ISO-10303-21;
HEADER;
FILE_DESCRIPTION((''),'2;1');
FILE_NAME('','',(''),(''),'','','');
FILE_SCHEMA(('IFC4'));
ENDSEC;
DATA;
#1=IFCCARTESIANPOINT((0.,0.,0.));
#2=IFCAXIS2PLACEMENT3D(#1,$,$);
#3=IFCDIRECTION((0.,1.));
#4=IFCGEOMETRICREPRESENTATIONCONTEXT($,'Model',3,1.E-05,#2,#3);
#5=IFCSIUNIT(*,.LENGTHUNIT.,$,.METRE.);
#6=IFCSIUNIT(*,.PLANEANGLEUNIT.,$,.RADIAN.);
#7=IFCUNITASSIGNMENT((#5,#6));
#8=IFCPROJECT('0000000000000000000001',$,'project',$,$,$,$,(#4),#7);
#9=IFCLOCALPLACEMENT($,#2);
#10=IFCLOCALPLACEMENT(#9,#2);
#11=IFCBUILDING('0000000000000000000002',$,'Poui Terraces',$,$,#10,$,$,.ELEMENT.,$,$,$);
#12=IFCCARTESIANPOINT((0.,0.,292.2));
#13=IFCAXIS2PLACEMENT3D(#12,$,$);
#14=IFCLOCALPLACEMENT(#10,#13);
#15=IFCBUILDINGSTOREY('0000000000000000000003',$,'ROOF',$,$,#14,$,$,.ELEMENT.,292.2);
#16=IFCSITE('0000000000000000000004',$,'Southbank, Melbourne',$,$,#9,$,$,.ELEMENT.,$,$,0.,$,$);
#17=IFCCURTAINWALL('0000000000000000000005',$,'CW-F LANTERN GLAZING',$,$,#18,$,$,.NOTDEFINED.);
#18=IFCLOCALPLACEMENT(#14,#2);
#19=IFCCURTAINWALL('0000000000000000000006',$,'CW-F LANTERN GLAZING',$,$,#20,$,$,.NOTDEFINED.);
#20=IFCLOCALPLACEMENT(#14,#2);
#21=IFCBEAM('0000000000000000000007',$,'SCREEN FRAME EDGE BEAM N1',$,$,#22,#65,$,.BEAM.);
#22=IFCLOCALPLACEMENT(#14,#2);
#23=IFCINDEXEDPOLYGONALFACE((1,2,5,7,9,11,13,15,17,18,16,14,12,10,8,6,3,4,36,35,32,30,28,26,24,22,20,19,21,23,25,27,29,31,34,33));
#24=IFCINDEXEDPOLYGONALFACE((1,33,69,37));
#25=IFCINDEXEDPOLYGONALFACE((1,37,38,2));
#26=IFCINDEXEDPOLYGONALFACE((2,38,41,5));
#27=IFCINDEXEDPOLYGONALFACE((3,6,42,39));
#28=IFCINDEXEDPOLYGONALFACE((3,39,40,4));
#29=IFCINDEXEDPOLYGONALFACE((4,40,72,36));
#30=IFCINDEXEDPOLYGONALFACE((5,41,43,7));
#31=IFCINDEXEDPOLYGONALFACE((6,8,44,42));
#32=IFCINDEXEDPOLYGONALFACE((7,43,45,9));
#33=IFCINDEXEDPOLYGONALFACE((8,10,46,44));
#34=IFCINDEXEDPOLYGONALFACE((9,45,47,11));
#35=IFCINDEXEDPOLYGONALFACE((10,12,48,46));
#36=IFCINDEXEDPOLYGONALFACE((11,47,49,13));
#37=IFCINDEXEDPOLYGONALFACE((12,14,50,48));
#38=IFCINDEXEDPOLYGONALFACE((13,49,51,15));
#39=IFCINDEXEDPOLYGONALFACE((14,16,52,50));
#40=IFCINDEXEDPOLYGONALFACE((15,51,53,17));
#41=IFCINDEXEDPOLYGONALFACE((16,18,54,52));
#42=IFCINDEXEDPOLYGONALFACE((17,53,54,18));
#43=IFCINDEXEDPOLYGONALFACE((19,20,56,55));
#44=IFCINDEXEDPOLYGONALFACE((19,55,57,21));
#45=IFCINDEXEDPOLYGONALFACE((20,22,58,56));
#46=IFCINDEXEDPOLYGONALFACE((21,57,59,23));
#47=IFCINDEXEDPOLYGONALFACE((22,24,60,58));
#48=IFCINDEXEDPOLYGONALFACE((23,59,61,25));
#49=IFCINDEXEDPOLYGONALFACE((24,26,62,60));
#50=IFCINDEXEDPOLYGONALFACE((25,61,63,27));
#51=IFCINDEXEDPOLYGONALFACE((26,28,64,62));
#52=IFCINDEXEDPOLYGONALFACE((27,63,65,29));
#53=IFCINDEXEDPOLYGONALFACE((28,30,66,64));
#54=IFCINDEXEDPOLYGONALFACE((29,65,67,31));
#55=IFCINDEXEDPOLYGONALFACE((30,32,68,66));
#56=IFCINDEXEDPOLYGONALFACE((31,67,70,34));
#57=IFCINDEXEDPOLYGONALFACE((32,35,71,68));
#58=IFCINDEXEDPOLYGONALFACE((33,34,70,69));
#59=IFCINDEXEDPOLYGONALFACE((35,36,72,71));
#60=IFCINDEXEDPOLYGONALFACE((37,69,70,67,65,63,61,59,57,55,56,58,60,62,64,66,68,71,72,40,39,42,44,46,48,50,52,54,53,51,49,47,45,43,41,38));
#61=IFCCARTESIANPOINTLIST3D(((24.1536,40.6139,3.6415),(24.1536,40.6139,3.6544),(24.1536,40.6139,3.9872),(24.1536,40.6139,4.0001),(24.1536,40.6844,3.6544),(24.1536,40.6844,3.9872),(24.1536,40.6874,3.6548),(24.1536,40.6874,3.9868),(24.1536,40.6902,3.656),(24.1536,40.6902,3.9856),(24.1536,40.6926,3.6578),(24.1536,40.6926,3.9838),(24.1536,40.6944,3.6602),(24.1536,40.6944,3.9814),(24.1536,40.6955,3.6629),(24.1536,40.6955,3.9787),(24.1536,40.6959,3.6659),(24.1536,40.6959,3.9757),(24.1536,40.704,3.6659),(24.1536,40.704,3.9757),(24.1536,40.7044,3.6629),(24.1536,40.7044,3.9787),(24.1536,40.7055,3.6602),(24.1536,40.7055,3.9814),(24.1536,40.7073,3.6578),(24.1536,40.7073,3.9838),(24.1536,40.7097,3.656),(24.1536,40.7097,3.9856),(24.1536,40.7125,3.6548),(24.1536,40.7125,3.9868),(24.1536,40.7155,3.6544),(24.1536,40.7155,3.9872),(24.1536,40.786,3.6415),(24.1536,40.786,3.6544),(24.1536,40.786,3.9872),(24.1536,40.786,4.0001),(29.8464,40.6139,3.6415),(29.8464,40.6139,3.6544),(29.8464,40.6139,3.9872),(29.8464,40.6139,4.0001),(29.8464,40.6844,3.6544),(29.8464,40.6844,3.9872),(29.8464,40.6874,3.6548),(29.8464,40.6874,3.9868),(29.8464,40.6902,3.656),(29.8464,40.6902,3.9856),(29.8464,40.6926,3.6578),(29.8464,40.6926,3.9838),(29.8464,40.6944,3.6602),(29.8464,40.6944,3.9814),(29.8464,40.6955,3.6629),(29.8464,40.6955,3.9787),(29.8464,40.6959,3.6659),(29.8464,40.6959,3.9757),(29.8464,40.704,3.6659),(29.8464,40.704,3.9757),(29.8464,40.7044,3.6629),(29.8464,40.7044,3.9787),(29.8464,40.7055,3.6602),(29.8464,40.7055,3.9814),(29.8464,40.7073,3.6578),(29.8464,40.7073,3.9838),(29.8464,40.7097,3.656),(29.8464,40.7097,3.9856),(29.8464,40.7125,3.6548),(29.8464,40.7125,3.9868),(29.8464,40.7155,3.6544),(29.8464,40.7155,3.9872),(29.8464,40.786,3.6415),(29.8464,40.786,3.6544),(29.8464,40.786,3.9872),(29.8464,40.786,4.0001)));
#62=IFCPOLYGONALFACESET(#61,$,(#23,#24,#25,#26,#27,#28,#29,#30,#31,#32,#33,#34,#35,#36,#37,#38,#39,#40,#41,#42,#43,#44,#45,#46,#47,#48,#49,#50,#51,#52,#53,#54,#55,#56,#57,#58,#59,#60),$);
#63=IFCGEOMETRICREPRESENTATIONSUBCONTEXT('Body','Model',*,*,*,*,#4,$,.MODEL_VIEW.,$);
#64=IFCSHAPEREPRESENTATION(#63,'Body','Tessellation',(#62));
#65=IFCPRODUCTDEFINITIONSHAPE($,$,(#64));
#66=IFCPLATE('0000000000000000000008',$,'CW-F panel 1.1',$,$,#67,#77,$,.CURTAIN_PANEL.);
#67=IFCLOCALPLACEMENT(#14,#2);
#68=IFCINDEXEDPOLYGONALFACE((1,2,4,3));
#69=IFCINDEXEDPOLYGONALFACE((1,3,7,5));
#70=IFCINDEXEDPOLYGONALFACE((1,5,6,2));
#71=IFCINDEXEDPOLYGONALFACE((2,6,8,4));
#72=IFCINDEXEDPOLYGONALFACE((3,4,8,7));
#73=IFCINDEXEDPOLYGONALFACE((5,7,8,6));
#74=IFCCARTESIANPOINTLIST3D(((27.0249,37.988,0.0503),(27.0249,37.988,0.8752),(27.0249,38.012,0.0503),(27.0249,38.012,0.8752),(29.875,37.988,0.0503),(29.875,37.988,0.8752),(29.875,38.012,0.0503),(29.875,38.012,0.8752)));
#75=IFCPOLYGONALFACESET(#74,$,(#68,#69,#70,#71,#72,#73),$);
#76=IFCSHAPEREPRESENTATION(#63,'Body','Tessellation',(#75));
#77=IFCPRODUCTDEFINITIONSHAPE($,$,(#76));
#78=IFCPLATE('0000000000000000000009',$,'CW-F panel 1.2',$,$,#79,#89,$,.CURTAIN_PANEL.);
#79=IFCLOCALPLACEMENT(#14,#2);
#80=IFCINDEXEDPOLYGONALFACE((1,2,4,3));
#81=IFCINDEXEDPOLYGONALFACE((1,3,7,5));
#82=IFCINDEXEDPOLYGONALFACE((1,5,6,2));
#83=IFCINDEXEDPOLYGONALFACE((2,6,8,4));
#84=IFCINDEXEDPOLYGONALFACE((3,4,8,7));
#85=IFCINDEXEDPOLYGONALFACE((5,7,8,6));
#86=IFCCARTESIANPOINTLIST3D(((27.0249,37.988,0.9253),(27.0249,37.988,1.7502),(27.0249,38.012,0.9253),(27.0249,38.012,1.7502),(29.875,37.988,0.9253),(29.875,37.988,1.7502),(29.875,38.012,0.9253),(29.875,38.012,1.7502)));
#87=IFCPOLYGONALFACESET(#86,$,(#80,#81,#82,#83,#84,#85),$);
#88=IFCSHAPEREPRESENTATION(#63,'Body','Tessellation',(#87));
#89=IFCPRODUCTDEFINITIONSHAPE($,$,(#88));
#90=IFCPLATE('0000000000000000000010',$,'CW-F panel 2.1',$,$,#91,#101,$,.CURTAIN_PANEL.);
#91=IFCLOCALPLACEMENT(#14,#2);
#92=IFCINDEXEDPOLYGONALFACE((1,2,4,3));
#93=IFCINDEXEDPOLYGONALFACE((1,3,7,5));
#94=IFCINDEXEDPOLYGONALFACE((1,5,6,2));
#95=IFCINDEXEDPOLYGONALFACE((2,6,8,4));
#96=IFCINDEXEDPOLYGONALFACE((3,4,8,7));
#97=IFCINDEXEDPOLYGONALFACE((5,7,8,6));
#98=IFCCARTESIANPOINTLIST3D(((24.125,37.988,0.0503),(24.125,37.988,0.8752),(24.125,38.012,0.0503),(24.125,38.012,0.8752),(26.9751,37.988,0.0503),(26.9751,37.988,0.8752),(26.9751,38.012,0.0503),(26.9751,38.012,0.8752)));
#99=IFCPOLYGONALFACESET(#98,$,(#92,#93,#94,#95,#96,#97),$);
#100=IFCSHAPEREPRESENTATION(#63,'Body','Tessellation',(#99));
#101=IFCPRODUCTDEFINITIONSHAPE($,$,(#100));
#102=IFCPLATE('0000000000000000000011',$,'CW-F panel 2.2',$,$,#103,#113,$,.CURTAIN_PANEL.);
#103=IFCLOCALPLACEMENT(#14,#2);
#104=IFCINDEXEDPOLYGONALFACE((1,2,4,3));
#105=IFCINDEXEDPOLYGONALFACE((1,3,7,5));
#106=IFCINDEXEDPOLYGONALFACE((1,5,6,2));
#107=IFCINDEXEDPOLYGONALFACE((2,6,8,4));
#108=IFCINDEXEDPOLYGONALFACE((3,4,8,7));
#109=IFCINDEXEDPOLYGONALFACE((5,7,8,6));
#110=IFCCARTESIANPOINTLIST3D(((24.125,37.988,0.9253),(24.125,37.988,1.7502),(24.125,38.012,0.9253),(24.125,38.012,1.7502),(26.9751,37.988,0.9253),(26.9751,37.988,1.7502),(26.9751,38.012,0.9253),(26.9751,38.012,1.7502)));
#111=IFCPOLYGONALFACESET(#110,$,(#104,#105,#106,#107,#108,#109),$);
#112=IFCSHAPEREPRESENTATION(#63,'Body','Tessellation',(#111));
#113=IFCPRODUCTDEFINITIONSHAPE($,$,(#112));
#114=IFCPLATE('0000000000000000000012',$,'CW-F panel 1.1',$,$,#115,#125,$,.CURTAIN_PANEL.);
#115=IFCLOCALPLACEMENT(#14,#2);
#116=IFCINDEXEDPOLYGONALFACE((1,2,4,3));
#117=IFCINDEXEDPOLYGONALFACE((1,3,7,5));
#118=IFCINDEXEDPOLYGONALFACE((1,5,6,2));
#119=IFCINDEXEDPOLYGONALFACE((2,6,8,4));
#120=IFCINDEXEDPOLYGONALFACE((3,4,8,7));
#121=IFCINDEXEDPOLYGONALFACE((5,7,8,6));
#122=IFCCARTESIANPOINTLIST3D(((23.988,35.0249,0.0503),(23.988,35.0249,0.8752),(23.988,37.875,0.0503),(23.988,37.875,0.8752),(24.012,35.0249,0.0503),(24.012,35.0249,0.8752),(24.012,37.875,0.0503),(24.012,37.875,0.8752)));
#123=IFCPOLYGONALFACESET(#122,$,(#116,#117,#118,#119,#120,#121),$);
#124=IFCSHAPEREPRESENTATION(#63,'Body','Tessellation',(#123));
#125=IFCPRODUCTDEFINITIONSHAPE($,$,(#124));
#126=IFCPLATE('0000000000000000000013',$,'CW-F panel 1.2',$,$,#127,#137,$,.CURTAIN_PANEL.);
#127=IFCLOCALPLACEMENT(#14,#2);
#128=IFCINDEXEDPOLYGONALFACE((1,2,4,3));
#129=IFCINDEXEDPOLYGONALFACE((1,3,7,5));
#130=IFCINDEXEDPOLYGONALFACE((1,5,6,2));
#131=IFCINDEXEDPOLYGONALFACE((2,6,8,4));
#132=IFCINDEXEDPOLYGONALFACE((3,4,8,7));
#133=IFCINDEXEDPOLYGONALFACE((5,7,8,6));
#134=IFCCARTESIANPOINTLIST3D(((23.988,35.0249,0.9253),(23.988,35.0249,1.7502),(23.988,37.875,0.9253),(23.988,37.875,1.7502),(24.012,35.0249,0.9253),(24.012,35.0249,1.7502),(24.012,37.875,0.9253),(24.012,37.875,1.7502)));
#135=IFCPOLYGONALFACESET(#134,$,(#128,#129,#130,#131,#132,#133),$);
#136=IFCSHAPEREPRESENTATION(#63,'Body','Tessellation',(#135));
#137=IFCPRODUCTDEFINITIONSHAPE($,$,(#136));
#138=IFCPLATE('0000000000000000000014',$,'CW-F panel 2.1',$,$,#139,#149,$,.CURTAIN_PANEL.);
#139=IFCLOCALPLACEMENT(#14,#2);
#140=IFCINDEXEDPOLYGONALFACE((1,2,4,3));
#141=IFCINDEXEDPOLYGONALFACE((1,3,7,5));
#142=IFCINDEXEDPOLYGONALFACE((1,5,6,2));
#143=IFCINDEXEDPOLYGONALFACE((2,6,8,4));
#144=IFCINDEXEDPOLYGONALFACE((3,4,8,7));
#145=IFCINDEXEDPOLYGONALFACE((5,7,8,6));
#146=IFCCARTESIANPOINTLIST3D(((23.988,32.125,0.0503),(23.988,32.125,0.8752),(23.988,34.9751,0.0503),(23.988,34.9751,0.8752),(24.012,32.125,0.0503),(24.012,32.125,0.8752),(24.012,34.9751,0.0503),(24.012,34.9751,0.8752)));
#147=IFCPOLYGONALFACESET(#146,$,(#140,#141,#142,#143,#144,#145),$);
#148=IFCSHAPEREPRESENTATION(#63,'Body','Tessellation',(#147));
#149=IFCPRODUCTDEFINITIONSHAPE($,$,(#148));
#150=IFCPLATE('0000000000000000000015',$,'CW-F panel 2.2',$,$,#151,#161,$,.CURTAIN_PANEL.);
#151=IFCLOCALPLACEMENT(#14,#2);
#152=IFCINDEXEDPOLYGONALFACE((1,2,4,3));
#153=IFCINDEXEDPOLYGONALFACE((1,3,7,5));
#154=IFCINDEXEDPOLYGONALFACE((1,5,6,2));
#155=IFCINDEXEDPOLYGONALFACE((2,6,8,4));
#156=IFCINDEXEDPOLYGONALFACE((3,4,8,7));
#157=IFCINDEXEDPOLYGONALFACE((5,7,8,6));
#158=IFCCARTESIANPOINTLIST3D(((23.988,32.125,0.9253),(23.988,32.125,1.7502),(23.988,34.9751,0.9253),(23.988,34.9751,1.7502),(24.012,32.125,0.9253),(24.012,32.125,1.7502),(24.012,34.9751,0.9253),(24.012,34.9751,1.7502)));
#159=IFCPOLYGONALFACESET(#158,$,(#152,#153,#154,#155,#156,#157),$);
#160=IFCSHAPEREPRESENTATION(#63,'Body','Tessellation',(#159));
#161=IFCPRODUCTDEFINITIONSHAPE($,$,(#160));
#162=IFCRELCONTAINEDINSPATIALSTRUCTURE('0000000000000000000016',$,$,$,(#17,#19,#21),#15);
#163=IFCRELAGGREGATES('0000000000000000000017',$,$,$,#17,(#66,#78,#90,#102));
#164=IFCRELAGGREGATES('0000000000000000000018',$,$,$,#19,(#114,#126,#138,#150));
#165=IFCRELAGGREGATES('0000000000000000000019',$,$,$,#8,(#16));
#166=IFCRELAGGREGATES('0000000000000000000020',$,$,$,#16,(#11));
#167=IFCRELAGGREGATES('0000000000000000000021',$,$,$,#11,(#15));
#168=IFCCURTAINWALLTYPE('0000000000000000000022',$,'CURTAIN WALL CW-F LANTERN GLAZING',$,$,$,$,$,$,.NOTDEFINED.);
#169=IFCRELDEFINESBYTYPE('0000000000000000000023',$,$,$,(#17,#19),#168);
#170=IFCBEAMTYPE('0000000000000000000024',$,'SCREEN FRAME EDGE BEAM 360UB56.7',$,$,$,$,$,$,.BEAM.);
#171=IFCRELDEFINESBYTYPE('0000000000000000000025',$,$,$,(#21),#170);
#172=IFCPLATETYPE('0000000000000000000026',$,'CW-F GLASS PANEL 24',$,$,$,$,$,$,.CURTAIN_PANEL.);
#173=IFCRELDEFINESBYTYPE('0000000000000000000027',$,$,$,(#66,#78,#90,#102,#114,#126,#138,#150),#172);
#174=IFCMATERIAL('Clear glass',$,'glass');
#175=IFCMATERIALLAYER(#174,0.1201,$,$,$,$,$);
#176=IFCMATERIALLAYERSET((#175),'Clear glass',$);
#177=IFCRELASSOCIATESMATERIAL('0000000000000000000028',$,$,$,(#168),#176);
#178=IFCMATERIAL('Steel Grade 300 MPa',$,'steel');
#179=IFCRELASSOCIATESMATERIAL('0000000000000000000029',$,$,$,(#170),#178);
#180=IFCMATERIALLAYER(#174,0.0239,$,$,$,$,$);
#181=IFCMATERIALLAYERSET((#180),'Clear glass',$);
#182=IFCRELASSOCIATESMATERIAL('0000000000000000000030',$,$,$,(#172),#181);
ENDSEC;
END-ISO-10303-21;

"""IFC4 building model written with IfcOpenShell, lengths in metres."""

from ifc_helpers import new_model, si_unit, direction, frame, origin, origin_2d, place, context, subcontext, project, spatial, rectangle, i_section, extrude, source, transform, mapped, material, layer, layer_set, material_profile, profile_set, type_object, element, aggregate, save


model = new_model("IFC4")

# Units and contexts
model_context = context("Model", 3, precision=1e-05, world=origin(), true_north=direction((0.0, 1.0)))
body_context = subcontext(model_context, "Body", "Model", "MODEL_VIEW")
ifc_project = project(units=[si_unit("LENGTHUNIT", "METRE"), si_unit("PLANEANGLEUNIT", "RADIAN")], contexts=[model_context])

# Site, building, storey
site_placement = place(None, origin())
site = spatial("IfcSite", under=ifc_project, at=site_placement, Name="Southbank, Melbourne", CompositionType="ELEMENT", RefElevation=0.0)
building_placement = place(site_placement, origin())
building = spatial("IfcBuilding", under=site, at=building_placement, Name="Poui Terraces", CompositionType="ELEMENT")
storey_placement = place(building_placement, frame((0.0, 0.0, 292.2)))
storey = spatial("IfcBuildingStorey", under=building, at=storey_placement, Name="ROOF", CompositionType="ELEMENT", Elevation=292.2)

# Shared definitions
ifc_material_1 = material(Name="Steel Grade 300 MPa", Category="steel")

# Curtain walls
ifc_material_2 = material(Name="Clear glass", Category="glass")
ifc_layer_1 = layer(ifc_material_2, 0.1201)
ifc_layer_set_1 = layer_set([ifc_layer_1], Name="Clear glass")
curtain_wall_type = type_object("IfcCurtainWallType", Name="CURTAIN WALL CW-F LANTERN GLAZING", PredefinedType="NOTDEFINED", material=ifc_layer_set_1)
curtain_wall_1_placement = place(storey_placement, origin())
curtain_wall_1 = element("IfcCurtainWall", 1, at=curtain_wall_1_placement, inside=storey, type_object=curtain_wall_type, Name="CW-F LANTERN GLAZING", PredefinedType="NOTDEFINED")
curtain_wall_2_placement = place(storey_placement, origin())
curtain_wall_2 = element("IfcCurtainWall", 2, at=curtain_wall_2_placement, inside=storey, type_object=curtain_wall_type, Name="CW-F LANTERN GLAZING", PredefinedType="NOTDEFINED")

# Beam
ifc_material_profile_1 = material_profile(ifc_material_1, i_section(OverallWidth=0.1721, OverallDepth=0.3586, WebThickness=0.0081, FlangeThickness=0.0129, FilletRadius=0.0115, at=origin_2d()), Name="360UB56.7")
ifc_profile_set_1 = profile_set([ifc_material_profile_1], Name="Steel Grade 300 MPa")
beam_type = type_object("IfcBeamType", Name="SCREEN FRAME EDGE BEAM 360UB56.7", PredefinedType="BEAM", material=ifc_profile_set_1)
shared_shape_1 = source(origin(), body_context, "Body", "SweptSolid", [
    extrude(i_section(OverallWidth=0.1721, OverallDepth=0.3586, WebThickness=0.0081, FlangeThickness=0.0129, FilletRadius=0.0115, at=origin_2d()), origin(), (0.0, 0.0, 1.0), 5.6929),
])
beam_placement = place(storey_placement, frame((24.1536, 40.7, 3.8208), z_axis=(1.0, 0.0, 0.0), x_axis=(0.0, 1.0, 0.0)))
element("IfcBeam", 3, at=beam_placement, inside=storey, type_object=beam_type, Name="SCREEN FRAME EDGE BEAM N1", PredefinedType="BEAM", context=body_context, shape_type="MappedRepresentation", body=[
    mapped(shared_shape_1, transform((0.0, 0.0, 0.0))),
])

# Plates
ifc_layer_2 = layer(ifc_material_2, 0.0239)
ifc_layer_set_2 = layer_set([ifc_layer_2], Name="Clear glass")
plate_type = type_object("IfcPlateType", Name="CW-F GLASS PANEL 24", PredefinedType="CURTAIN_PANEL", material=ifc_layer_set_2)
plate_1_placement = place(storey_placement, frame((28.45, 38.0, 0.0503), z_axis=(0.0, 0.0, 1.0), x_axis=(-1.0, 0.0, 0.0)))
plate_1 = element("IfcPlate", 4, at=plate_1_placement, type_object=plate_type, Name="CW-F panel 1.1", PredefinedType="CURTAIN_PANEL", context=body_context, shape_type="SweptSolid", body=[
    extrude(rectangle(XDim=2.8501, YDim=0.0239, at=origin_2d()), origin(), (0.0, 0.0, 1.0), 0.825),
])
plate_2_placement = place(storey_placement, frame((28.45, 38.0, 0.9253), z_axis=(0.0, 0.0, 1.0), x_axis=(-1.0, 0.0, 0.0)))
plate_2 = element("IfcPlate", 5, at=plate_2_placement, type_object=plate_type, Name="CW-F panel 1.2", PredefinedType="CURTAIN_PANEL", context=body_context, shape_type="SweptSolid", body=[
    extrude(rectangle(XDim=2.8501, YDim=0.0239, at=origin_2d()), origin(), (0.0, 0.0, 1.0), 0.825),
])
plate_3_placement = place(storey_placement, frame((25.55, 38.0, 0.0503), z_axis=(0.0, 0.0, 1.0), x_axis=(-1.0, 0.0, 0.0)))
plate_3 = element("IfcPlate", 6, at=plate_3_placement, type_object=plate_type, Name="CW-F panel 2.1", PredefinedType="CURTAIN_PANEL", context=body_context, shape_type="SweptSolid", body=[
    extrude(rectangle(XDim=2.8501, YDim=0.0239, at=origin_2d()), origin(), (0.0, 0.0, 1.0), 0.825),
])
plate_4_placement = place(storey_placement, frame((25.55, 38.0, 0.9253), z_axis=(0.0, 0.0, 1.0), x_axis=(-1.0, 0.0, 0.0)))
plate_4 = element("IfcPlate", 7, at=plate_4_placement, type_object=plate_type, Name="CW-F panel 2.2", PredefinedType="CURTAIN_PANEL", context=body_context, shape_type="SweptSolid", body=[
    extrude(rectangle(XDim=2.8501, YDim=0.0239, at=origin_2d()), origin(), (0.0, 0.0, 1.0), 0.825),
])
aggregate(curtain_wall_1, [plate_1, plate_2, plate_3, plate_4])
plate_5_placement = place(storey_placement, frame((24.0, 36.45, 0.0503), z_axis=(0.0, 0.0, 1.0), x_axis=(0.0, -1.0, 0.0)))
plate_5 = element("IfcPlate", 8, at=plate_5_placement, type_object=plate_type, Name="CW-F panel 1.1", PredefinedType="CURTAIN_PANEL", context=body_context, shape_type="SweptSolid", body=[
    extrude(rectangle(XDim=2.8501, YDim=0.0239, at=origin_2d()), origin(), (0.0, 0.0, 1.0), 0.825),
])
plate_6_placement = place(storey_placement, frame((24.0, 36.45, 0.9253), z_axis=(0.0, 0.0, 1.0), x_axis=(0.0, -1.0, 0.0)))
plate_6 = element("IfcPlate", 9, at=plate_6_placement, type_object=plate_type, Name="CW-F panel 1.2", PredefinedType="CURTAIN_PANEL", context=body_context, shape_type="SweptSolid", body=[
    extrude(rectangle(XDim=2.8501, YDim=0.0239, at=origin_2d()), origin(), (0.0, 0.0, 1.0), 0.825),
])
plate_7_placement = place(storey_placement, frame((24.0, 33.55, 0.0503), z_axis=(0.0, 0.0, 1.0), x_axis=(0.0, -1.0, 0.0)))
plate_7 = element("IfcPlate", 10, at=plate_7_placement, type_object=plate_type, Name="CW-F panel 2.1", PredefinedType="CURTAIN_PANEL", context=body_context, shape_type="SweptSolid", body=[
    extrude(rectangle(XDim=2.8501, YDim=0.0239, at=origin_2d()), origin(), (0.0, 0.0, 1.0), 0.825),
])
plate_8_placement = place(storey_placement, frame((24.0, 33.55, 0.9253), z_axis=(0.0, 0.0, 1.0), x_axis=(0.0, -1.0, 0.0)))
plate_8 = element("IfcPlate", 11, at=plate_8_placement, type_object=plate_type, Name="CW-F panel 2.2", PredefinedType="CURTAIN_PANEL", context=body_context, shape_type="SweptSolid", body=[
    extrude(rectangle(XDim=2.8501, YDim=0.0239, at=origin_2d()), origin(), (0.0, 0.0, 1.0), 0.825),
])
aggregate(curtain_wall_2, [plate_5, plate_6, plate_7, plate_8])

save(model, "model.ifc")
